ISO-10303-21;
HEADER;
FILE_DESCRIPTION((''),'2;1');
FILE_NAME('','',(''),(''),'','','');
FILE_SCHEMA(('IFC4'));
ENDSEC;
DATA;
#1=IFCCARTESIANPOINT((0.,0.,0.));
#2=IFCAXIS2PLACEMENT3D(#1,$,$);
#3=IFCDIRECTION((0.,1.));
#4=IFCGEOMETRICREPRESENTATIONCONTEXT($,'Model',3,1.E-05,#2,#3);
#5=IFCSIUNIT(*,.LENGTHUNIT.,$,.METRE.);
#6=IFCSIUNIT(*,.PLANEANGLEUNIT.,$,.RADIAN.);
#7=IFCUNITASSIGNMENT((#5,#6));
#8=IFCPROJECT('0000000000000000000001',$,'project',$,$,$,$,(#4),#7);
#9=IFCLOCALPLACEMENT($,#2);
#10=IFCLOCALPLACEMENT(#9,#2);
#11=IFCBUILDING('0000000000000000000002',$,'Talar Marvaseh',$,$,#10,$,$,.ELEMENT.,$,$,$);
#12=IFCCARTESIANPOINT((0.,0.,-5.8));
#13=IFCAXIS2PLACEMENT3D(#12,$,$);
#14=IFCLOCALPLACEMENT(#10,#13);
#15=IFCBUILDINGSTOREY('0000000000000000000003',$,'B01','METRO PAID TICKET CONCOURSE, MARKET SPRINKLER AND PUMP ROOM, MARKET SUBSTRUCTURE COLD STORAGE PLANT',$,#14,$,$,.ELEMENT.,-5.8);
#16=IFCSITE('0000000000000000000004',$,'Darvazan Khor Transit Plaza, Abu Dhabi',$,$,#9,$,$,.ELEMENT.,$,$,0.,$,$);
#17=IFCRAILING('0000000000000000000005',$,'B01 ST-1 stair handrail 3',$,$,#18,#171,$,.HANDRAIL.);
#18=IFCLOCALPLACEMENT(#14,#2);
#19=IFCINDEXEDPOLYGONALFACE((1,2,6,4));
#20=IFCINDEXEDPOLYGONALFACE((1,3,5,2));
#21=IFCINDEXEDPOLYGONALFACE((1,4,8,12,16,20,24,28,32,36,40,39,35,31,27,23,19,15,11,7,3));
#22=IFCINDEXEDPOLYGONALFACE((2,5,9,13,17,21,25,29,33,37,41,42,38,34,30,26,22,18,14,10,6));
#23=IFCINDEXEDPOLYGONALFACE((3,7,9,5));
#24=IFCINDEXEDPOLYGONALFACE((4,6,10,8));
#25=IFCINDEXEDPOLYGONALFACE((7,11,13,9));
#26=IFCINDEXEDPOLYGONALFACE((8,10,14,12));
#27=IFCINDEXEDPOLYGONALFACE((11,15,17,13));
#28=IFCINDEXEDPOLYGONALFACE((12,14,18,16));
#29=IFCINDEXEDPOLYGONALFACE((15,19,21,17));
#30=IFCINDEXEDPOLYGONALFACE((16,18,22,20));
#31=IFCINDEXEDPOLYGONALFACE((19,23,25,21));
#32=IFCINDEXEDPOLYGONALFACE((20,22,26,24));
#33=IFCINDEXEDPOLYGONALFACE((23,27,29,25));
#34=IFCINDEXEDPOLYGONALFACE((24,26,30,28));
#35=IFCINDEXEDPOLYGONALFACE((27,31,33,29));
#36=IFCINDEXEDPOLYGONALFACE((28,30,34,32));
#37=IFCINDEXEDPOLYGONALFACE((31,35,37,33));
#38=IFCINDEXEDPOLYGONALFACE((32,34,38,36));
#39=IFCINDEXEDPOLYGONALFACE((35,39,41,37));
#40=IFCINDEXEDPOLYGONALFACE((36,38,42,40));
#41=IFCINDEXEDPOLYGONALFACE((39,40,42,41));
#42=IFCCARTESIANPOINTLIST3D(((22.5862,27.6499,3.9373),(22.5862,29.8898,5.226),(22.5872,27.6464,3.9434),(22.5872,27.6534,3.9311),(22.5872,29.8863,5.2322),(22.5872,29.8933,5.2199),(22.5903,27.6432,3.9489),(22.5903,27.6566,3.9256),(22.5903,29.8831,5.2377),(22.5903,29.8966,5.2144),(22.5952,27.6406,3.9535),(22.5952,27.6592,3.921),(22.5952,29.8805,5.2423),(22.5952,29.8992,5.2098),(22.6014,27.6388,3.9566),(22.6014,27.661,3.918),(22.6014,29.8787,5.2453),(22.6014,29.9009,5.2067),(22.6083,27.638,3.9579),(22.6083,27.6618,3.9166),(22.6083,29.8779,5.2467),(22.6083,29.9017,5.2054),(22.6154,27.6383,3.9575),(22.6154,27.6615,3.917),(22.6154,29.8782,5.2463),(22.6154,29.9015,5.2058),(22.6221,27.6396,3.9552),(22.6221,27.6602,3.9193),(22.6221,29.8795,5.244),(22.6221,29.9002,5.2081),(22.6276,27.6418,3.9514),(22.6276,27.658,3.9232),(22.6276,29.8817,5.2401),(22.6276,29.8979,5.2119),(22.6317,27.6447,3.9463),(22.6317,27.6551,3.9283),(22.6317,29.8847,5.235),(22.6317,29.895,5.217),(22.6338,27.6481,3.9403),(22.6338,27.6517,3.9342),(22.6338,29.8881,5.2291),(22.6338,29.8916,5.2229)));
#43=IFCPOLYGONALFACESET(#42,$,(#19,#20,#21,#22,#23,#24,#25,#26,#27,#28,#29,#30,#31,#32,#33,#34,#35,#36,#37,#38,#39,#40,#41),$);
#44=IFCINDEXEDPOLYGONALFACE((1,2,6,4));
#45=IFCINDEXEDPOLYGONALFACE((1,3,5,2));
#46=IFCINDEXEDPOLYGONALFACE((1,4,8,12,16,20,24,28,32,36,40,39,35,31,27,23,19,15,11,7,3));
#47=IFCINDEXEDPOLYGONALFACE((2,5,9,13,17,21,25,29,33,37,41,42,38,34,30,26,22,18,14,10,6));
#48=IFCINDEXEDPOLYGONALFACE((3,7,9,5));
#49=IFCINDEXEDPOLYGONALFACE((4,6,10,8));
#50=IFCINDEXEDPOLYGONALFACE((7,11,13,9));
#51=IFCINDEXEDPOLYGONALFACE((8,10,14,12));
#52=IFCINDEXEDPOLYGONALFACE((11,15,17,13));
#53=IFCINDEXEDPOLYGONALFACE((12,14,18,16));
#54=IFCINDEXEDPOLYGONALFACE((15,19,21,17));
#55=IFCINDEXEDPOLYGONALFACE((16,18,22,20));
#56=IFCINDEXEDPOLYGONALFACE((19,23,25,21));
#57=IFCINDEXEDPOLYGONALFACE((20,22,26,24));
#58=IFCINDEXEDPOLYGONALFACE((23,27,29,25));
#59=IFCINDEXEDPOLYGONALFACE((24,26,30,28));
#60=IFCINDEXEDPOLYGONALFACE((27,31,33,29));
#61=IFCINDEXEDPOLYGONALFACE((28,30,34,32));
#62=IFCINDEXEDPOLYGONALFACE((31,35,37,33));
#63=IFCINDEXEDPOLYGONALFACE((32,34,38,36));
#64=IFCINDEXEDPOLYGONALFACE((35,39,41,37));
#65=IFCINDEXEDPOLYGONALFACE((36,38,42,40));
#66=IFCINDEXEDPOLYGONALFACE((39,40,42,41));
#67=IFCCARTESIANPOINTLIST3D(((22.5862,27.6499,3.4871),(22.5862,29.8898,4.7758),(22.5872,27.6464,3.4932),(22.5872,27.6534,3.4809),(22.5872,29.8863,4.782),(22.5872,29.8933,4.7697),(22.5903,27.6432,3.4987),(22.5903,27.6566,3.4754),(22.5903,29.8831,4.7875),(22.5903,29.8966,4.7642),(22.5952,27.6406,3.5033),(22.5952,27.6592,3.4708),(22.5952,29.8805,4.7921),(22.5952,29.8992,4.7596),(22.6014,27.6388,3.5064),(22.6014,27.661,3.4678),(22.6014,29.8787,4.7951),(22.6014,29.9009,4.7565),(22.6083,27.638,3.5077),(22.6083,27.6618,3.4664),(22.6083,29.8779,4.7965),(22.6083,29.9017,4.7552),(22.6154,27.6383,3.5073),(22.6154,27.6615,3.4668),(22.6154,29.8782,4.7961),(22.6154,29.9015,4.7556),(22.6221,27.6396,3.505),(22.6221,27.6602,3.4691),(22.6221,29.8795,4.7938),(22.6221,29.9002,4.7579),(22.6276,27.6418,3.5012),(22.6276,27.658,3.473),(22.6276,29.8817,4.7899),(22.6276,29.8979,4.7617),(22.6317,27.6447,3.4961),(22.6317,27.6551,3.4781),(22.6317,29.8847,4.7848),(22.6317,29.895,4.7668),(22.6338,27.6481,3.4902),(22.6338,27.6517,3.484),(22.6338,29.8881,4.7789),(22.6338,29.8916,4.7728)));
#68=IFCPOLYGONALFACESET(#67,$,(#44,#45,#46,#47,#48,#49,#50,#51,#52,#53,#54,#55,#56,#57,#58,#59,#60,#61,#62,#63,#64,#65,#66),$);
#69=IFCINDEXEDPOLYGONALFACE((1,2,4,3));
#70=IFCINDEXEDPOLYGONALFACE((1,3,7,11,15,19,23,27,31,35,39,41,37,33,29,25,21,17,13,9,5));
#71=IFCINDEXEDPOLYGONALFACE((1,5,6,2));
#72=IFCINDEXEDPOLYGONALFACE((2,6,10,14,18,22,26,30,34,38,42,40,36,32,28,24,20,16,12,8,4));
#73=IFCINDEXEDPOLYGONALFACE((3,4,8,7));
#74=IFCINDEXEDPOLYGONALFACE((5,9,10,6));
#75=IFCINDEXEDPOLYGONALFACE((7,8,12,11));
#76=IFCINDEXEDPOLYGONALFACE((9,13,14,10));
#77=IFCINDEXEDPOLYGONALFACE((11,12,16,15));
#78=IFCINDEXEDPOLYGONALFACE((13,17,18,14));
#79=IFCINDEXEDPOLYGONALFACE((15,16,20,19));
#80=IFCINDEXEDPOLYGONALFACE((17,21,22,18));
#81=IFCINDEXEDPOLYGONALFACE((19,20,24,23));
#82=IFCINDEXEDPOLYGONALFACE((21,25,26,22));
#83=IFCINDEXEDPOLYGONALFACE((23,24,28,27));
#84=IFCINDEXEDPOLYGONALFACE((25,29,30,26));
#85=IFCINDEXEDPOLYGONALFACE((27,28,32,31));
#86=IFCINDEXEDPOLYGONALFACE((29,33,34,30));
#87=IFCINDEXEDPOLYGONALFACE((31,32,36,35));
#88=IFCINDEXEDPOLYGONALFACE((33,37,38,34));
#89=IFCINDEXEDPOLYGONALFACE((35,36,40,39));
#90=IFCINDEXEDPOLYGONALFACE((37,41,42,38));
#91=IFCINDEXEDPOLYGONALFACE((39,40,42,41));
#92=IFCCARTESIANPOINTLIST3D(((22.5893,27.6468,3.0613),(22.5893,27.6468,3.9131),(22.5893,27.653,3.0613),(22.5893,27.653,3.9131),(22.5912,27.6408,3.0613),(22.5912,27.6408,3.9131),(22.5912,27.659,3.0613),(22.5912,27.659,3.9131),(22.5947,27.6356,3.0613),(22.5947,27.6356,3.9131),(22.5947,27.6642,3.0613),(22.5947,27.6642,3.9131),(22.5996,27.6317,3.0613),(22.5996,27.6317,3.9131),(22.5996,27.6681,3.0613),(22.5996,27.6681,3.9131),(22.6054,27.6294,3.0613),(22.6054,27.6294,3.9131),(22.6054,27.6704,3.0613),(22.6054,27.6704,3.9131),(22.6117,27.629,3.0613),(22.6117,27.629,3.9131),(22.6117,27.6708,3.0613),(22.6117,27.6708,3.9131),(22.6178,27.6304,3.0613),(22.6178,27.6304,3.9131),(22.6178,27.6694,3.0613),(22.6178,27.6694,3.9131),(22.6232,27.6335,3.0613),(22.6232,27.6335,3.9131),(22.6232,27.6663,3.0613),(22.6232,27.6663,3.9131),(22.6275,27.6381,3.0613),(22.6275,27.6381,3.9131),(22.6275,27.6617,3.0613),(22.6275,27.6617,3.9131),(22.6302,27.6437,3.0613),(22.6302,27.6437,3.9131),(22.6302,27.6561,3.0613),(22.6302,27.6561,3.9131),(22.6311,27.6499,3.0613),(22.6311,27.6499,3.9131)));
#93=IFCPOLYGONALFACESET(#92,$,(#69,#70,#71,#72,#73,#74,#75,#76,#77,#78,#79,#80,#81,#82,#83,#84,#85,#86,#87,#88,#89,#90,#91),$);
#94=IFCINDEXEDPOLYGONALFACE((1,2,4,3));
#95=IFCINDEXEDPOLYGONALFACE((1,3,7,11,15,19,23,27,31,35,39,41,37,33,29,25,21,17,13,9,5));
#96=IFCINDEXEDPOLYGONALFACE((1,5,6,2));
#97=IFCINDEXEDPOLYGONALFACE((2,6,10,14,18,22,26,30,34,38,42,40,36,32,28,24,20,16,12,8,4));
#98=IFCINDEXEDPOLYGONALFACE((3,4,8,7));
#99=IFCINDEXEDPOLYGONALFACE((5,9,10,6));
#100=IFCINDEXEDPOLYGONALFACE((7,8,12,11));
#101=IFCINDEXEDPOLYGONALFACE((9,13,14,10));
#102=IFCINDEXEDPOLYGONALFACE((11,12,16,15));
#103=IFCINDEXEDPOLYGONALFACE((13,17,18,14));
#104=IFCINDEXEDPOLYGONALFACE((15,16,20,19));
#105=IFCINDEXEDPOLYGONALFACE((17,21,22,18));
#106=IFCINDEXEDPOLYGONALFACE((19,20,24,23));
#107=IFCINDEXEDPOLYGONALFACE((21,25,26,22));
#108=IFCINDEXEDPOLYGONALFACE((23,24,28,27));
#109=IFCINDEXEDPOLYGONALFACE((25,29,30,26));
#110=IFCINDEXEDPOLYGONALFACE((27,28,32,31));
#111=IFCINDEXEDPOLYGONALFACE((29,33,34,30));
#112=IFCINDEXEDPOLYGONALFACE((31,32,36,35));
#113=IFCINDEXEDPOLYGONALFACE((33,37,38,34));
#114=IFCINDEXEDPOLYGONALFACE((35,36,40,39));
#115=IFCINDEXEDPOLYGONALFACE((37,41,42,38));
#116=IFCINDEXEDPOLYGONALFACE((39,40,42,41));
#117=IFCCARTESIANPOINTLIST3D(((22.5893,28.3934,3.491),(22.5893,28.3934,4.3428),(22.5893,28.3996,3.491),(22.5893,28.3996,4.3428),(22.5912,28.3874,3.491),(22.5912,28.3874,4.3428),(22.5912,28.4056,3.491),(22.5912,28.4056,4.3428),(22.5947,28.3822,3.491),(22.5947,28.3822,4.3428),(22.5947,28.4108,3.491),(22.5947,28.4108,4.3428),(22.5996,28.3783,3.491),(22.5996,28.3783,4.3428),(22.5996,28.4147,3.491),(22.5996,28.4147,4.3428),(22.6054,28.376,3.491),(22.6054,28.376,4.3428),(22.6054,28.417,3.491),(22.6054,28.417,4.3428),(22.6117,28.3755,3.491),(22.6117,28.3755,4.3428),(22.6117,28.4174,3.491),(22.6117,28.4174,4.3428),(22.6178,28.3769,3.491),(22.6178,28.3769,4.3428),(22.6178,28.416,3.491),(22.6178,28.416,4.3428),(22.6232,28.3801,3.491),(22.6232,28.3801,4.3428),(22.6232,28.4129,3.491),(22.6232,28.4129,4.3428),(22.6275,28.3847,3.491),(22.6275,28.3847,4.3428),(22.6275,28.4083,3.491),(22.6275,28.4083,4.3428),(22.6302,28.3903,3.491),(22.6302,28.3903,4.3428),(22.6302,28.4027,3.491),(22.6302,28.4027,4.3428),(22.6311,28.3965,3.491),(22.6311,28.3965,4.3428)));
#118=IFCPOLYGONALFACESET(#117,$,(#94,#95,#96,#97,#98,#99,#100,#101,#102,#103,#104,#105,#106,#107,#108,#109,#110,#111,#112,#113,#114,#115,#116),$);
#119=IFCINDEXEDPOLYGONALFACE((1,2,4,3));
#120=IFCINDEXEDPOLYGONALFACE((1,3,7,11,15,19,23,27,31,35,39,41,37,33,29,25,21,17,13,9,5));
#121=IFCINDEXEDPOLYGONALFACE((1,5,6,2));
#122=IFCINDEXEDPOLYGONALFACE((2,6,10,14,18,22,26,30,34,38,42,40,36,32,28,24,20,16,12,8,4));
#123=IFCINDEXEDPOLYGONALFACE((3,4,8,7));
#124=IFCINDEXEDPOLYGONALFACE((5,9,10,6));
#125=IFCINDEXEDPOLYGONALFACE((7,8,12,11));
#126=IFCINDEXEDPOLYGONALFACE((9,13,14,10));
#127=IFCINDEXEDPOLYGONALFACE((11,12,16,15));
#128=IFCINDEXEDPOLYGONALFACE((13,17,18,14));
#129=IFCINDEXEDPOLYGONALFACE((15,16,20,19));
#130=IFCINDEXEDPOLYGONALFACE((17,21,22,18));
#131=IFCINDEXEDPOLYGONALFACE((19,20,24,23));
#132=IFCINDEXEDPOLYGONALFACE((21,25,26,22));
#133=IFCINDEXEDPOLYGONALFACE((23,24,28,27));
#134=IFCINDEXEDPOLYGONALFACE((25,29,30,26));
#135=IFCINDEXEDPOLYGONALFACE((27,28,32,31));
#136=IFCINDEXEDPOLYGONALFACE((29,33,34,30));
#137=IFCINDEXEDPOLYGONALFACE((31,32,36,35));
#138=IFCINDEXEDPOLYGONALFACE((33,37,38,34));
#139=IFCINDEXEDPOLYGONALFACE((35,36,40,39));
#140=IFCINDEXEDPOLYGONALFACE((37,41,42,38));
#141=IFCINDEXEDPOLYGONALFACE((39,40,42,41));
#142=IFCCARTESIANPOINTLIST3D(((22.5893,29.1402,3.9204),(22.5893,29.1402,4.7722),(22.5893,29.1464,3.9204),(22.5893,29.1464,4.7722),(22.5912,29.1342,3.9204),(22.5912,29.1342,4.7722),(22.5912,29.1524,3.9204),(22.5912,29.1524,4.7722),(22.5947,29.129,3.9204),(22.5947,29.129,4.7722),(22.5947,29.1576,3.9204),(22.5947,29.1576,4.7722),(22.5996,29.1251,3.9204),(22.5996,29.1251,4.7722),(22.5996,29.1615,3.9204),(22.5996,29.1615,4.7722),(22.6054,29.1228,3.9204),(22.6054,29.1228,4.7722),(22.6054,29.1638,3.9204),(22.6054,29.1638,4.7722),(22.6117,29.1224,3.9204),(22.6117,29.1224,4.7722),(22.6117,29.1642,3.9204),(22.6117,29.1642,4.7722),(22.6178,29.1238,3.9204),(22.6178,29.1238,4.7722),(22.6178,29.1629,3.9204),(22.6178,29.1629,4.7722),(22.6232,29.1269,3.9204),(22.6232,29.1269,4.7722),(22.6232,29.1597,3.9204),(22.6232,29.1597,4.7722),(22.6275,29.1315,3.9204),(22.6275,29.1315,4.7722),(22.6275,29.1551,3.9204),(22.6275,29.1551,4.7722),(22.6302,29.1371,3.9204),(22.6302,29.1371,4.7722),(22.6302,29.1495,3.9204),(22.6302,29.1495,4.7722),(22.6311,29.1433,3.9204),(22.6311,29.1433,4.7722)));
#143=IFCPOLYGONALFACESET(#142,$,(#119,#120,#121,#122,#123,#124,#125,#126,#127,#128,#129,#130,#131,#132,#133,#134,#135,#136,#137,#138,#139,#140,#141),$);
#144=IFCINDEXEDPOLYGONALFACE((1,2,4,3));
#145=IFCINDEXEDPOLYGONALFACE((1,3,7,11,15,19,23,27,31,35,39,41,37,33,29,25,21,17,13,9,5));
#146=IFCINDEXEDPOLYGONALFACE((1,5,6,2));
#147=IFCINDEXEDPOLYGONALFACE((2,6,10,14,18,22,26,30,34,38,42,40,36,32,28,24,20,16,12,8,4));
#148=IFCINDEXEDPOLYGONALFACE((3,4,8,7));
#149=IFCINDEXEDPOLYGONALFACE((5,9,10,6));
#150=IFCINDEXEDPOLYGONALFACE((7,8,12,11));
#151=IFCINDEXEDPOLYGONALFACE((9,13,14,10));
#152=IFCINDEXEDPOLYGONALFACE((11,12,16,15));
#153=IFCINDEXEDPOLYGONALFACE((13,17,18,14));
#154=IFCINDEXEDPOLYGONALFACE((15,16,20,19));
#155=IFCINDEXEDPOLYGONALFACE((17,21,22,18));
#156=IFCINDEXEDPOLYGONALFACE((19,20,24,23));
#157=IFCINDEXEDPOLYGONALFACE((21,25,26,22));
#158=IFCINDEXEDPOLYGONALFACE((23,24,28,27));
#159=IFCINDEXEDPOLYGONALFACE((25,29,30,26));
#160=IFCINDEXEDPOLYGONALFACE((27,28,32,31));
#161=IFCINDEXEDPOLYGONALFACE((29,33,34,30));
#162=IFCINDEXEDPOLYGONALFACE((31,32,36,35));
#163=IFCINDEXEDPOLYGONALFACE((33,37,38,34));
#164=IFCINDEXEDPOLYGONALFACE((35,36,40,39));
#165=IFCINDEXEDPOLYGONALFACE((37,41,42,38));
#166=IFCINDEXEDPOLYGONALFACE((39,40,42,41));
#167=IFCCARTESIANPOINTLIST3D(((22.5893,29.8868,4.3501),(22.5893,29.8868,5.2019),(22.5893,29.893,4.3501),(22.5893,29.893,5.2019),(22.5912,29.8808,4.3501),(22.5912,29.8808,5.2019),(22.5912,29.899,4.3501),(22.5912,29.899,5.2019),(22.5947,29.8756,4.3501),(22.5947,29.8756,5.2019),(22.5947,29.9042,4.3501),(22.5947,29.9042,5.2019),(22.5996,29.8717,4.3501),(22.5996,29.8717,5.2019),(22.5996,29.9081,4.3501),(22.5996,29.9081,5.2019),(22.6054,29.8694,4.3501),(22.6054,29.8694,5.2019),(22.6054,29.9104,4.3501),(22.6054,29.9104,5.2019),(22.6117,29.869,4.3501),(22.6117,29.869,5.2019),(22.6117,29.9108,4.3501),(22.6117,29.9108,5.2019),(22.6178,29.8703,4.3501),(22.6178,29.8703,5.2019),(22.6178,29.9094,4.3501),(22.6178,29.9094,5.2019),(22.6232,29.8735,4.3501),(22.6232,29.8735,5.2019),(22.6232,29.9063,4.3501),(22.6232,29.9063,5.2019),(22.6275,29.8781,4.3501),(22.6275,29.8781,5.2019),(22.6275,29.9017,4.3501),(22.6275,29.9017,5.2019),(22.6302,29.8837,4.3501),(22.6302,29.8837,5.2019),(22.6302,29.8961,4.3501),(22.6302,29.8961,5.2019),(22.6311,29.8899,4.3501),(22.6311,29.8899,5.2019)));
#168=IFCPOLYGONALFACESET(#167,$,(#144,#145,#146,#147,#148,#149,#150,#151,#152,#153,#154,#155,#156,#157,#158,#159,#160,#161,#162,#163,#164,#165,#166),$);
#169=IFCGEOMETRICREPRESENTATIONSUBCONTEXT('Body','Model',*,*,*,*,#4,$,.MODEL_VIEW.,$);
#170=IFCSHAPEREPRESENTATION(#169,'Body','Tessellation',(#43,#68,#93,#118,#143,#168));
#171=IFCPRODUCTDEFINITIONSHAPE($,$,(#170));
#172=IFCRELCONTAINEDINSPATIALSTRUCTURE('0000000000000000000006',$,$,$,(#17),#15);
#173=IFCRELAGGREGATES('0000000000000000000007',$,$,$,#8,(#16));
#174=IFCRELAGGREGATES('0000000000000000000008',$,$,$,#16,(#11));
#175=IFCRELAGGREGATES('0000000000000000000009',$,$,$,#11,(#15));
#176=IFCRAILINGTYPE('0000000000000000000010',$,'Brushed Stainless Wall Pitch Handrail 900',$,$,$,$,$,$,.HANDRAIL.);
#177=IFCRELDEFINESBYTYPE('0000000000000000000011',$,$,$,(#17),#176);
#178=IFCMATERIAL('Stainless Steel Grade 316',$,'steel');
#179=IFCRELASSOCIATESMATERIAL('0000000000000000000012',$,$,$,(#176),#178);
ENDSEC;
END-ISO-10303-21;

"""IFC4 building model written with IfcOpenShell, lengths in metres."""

from ifc_helpers import new_model, si_unit, direction, frame, origin, origin_2d, place, context, subcontext, project, spatial, circle, extrude, material, type_object, element, save


model = new_model("IFC4")

# Units and contexts
model_context = context("Model", 3, precision=1e-05, world=origin(), true_north=direction((0.0, 1.0)))
body_context = subcontext(model_context, "Body", "Model", "MODEL_VIEW")
ifc_project = project(units=[si_unit("LENGTHUNIT", "METRE"), si_unit("PLANEANGLEUNIT", "RADIAN")], contexts=[model_context])

# Site, building, storey
site_placement = place(None, origin())
site = spatial("IfcSite", under=ifc_project, at=site_placement, Name="Darvazan Khor Transit Plaza, Abu Dhabi", CompositionType="ELEMENT", RefElevation=0.0)
building_placement = place(site_placement, origin())
building = spatial("IfcBuilding", under=site, at=building_placement, Name="Talar Marvaseh", CompositionType="ELEMENT")
storey_placement = place(building_placement, frame((0.0, 0.0, -5.8)))
storey = spatial("IfcBuildingStorey", under=building, at=storey_placement, Name="B01", Description="METRO PAID TICKET CONCOURSE, MARKET SPRINKLER AND PUMP ROOM, MARKET SUBSTRUCTURE COLD STORAGE PLANT", CompositionType="ELEMENT", Elevation=-5.8)

# Railing
ifc_material_1 = material(Name="Stainless Steel Grade 316", Category="steel")
railing_type_1 = type_object("IfcRailingType", Name="Brushed Stainless Wall Pitch Handrail 900", PredefinedType="HANDRAIL", material=ifc_material_1)
for number, where, name in (
    (1, (22.6101, 27.6499, 3.0613), "B01 ST-1 stair handrail 3"),
):
    element("IfcRailing", number, at=place(storey_placement, frame(where)), inside=storey, type_object=railing_type_1, Name=name, PredefinedType="HANDRAIL", context=body_context, shape_type="SweptSolid", body=[
        extrude(circle(Radius=0.0239, at=origin_2d()), frame((0.0, 0.0, 0.876), z_axis=(0.0, 0.866768, 0.498711), x_axis=(-1.0, 0.0, 0.0)), (0.0, 0.0, 1.0), 2.5842),
        extrude(circle(Radius=0.0239, at=origin_2d()), frame((0.0, 0.0, 0.4258), z_axis=(0.0, 0.866768, 0.498711), x_axis=(-1.0, 0.0, 0.0)), (0.0, 0.0, 1.0), 2.5842),
        extrude(circle(Radius=0.021, at=origin_2d()), origin(), (0.0, 0.0, 1.0), 0.8518),
        extrude(circle(Radius=0.021, at=origin_2d()), frame((0.0, 0.7466, 0.4297)), (0.0, 0.0, 1.0), 0.8518),
        extrude(circle(Radius=0.021, at=origin_2d()), frame((0.0, 1.4934, 0.8591)), (0.0, 0.0, 1.0), 0.8518),
        extrude(circle(Radius=0.021, at=origin_2d()), frame((0.0, 2.24, 1.2888)), (0.0, 0.0, 1.0), 0.8518),
    ])

save(model, "model.ifc")
